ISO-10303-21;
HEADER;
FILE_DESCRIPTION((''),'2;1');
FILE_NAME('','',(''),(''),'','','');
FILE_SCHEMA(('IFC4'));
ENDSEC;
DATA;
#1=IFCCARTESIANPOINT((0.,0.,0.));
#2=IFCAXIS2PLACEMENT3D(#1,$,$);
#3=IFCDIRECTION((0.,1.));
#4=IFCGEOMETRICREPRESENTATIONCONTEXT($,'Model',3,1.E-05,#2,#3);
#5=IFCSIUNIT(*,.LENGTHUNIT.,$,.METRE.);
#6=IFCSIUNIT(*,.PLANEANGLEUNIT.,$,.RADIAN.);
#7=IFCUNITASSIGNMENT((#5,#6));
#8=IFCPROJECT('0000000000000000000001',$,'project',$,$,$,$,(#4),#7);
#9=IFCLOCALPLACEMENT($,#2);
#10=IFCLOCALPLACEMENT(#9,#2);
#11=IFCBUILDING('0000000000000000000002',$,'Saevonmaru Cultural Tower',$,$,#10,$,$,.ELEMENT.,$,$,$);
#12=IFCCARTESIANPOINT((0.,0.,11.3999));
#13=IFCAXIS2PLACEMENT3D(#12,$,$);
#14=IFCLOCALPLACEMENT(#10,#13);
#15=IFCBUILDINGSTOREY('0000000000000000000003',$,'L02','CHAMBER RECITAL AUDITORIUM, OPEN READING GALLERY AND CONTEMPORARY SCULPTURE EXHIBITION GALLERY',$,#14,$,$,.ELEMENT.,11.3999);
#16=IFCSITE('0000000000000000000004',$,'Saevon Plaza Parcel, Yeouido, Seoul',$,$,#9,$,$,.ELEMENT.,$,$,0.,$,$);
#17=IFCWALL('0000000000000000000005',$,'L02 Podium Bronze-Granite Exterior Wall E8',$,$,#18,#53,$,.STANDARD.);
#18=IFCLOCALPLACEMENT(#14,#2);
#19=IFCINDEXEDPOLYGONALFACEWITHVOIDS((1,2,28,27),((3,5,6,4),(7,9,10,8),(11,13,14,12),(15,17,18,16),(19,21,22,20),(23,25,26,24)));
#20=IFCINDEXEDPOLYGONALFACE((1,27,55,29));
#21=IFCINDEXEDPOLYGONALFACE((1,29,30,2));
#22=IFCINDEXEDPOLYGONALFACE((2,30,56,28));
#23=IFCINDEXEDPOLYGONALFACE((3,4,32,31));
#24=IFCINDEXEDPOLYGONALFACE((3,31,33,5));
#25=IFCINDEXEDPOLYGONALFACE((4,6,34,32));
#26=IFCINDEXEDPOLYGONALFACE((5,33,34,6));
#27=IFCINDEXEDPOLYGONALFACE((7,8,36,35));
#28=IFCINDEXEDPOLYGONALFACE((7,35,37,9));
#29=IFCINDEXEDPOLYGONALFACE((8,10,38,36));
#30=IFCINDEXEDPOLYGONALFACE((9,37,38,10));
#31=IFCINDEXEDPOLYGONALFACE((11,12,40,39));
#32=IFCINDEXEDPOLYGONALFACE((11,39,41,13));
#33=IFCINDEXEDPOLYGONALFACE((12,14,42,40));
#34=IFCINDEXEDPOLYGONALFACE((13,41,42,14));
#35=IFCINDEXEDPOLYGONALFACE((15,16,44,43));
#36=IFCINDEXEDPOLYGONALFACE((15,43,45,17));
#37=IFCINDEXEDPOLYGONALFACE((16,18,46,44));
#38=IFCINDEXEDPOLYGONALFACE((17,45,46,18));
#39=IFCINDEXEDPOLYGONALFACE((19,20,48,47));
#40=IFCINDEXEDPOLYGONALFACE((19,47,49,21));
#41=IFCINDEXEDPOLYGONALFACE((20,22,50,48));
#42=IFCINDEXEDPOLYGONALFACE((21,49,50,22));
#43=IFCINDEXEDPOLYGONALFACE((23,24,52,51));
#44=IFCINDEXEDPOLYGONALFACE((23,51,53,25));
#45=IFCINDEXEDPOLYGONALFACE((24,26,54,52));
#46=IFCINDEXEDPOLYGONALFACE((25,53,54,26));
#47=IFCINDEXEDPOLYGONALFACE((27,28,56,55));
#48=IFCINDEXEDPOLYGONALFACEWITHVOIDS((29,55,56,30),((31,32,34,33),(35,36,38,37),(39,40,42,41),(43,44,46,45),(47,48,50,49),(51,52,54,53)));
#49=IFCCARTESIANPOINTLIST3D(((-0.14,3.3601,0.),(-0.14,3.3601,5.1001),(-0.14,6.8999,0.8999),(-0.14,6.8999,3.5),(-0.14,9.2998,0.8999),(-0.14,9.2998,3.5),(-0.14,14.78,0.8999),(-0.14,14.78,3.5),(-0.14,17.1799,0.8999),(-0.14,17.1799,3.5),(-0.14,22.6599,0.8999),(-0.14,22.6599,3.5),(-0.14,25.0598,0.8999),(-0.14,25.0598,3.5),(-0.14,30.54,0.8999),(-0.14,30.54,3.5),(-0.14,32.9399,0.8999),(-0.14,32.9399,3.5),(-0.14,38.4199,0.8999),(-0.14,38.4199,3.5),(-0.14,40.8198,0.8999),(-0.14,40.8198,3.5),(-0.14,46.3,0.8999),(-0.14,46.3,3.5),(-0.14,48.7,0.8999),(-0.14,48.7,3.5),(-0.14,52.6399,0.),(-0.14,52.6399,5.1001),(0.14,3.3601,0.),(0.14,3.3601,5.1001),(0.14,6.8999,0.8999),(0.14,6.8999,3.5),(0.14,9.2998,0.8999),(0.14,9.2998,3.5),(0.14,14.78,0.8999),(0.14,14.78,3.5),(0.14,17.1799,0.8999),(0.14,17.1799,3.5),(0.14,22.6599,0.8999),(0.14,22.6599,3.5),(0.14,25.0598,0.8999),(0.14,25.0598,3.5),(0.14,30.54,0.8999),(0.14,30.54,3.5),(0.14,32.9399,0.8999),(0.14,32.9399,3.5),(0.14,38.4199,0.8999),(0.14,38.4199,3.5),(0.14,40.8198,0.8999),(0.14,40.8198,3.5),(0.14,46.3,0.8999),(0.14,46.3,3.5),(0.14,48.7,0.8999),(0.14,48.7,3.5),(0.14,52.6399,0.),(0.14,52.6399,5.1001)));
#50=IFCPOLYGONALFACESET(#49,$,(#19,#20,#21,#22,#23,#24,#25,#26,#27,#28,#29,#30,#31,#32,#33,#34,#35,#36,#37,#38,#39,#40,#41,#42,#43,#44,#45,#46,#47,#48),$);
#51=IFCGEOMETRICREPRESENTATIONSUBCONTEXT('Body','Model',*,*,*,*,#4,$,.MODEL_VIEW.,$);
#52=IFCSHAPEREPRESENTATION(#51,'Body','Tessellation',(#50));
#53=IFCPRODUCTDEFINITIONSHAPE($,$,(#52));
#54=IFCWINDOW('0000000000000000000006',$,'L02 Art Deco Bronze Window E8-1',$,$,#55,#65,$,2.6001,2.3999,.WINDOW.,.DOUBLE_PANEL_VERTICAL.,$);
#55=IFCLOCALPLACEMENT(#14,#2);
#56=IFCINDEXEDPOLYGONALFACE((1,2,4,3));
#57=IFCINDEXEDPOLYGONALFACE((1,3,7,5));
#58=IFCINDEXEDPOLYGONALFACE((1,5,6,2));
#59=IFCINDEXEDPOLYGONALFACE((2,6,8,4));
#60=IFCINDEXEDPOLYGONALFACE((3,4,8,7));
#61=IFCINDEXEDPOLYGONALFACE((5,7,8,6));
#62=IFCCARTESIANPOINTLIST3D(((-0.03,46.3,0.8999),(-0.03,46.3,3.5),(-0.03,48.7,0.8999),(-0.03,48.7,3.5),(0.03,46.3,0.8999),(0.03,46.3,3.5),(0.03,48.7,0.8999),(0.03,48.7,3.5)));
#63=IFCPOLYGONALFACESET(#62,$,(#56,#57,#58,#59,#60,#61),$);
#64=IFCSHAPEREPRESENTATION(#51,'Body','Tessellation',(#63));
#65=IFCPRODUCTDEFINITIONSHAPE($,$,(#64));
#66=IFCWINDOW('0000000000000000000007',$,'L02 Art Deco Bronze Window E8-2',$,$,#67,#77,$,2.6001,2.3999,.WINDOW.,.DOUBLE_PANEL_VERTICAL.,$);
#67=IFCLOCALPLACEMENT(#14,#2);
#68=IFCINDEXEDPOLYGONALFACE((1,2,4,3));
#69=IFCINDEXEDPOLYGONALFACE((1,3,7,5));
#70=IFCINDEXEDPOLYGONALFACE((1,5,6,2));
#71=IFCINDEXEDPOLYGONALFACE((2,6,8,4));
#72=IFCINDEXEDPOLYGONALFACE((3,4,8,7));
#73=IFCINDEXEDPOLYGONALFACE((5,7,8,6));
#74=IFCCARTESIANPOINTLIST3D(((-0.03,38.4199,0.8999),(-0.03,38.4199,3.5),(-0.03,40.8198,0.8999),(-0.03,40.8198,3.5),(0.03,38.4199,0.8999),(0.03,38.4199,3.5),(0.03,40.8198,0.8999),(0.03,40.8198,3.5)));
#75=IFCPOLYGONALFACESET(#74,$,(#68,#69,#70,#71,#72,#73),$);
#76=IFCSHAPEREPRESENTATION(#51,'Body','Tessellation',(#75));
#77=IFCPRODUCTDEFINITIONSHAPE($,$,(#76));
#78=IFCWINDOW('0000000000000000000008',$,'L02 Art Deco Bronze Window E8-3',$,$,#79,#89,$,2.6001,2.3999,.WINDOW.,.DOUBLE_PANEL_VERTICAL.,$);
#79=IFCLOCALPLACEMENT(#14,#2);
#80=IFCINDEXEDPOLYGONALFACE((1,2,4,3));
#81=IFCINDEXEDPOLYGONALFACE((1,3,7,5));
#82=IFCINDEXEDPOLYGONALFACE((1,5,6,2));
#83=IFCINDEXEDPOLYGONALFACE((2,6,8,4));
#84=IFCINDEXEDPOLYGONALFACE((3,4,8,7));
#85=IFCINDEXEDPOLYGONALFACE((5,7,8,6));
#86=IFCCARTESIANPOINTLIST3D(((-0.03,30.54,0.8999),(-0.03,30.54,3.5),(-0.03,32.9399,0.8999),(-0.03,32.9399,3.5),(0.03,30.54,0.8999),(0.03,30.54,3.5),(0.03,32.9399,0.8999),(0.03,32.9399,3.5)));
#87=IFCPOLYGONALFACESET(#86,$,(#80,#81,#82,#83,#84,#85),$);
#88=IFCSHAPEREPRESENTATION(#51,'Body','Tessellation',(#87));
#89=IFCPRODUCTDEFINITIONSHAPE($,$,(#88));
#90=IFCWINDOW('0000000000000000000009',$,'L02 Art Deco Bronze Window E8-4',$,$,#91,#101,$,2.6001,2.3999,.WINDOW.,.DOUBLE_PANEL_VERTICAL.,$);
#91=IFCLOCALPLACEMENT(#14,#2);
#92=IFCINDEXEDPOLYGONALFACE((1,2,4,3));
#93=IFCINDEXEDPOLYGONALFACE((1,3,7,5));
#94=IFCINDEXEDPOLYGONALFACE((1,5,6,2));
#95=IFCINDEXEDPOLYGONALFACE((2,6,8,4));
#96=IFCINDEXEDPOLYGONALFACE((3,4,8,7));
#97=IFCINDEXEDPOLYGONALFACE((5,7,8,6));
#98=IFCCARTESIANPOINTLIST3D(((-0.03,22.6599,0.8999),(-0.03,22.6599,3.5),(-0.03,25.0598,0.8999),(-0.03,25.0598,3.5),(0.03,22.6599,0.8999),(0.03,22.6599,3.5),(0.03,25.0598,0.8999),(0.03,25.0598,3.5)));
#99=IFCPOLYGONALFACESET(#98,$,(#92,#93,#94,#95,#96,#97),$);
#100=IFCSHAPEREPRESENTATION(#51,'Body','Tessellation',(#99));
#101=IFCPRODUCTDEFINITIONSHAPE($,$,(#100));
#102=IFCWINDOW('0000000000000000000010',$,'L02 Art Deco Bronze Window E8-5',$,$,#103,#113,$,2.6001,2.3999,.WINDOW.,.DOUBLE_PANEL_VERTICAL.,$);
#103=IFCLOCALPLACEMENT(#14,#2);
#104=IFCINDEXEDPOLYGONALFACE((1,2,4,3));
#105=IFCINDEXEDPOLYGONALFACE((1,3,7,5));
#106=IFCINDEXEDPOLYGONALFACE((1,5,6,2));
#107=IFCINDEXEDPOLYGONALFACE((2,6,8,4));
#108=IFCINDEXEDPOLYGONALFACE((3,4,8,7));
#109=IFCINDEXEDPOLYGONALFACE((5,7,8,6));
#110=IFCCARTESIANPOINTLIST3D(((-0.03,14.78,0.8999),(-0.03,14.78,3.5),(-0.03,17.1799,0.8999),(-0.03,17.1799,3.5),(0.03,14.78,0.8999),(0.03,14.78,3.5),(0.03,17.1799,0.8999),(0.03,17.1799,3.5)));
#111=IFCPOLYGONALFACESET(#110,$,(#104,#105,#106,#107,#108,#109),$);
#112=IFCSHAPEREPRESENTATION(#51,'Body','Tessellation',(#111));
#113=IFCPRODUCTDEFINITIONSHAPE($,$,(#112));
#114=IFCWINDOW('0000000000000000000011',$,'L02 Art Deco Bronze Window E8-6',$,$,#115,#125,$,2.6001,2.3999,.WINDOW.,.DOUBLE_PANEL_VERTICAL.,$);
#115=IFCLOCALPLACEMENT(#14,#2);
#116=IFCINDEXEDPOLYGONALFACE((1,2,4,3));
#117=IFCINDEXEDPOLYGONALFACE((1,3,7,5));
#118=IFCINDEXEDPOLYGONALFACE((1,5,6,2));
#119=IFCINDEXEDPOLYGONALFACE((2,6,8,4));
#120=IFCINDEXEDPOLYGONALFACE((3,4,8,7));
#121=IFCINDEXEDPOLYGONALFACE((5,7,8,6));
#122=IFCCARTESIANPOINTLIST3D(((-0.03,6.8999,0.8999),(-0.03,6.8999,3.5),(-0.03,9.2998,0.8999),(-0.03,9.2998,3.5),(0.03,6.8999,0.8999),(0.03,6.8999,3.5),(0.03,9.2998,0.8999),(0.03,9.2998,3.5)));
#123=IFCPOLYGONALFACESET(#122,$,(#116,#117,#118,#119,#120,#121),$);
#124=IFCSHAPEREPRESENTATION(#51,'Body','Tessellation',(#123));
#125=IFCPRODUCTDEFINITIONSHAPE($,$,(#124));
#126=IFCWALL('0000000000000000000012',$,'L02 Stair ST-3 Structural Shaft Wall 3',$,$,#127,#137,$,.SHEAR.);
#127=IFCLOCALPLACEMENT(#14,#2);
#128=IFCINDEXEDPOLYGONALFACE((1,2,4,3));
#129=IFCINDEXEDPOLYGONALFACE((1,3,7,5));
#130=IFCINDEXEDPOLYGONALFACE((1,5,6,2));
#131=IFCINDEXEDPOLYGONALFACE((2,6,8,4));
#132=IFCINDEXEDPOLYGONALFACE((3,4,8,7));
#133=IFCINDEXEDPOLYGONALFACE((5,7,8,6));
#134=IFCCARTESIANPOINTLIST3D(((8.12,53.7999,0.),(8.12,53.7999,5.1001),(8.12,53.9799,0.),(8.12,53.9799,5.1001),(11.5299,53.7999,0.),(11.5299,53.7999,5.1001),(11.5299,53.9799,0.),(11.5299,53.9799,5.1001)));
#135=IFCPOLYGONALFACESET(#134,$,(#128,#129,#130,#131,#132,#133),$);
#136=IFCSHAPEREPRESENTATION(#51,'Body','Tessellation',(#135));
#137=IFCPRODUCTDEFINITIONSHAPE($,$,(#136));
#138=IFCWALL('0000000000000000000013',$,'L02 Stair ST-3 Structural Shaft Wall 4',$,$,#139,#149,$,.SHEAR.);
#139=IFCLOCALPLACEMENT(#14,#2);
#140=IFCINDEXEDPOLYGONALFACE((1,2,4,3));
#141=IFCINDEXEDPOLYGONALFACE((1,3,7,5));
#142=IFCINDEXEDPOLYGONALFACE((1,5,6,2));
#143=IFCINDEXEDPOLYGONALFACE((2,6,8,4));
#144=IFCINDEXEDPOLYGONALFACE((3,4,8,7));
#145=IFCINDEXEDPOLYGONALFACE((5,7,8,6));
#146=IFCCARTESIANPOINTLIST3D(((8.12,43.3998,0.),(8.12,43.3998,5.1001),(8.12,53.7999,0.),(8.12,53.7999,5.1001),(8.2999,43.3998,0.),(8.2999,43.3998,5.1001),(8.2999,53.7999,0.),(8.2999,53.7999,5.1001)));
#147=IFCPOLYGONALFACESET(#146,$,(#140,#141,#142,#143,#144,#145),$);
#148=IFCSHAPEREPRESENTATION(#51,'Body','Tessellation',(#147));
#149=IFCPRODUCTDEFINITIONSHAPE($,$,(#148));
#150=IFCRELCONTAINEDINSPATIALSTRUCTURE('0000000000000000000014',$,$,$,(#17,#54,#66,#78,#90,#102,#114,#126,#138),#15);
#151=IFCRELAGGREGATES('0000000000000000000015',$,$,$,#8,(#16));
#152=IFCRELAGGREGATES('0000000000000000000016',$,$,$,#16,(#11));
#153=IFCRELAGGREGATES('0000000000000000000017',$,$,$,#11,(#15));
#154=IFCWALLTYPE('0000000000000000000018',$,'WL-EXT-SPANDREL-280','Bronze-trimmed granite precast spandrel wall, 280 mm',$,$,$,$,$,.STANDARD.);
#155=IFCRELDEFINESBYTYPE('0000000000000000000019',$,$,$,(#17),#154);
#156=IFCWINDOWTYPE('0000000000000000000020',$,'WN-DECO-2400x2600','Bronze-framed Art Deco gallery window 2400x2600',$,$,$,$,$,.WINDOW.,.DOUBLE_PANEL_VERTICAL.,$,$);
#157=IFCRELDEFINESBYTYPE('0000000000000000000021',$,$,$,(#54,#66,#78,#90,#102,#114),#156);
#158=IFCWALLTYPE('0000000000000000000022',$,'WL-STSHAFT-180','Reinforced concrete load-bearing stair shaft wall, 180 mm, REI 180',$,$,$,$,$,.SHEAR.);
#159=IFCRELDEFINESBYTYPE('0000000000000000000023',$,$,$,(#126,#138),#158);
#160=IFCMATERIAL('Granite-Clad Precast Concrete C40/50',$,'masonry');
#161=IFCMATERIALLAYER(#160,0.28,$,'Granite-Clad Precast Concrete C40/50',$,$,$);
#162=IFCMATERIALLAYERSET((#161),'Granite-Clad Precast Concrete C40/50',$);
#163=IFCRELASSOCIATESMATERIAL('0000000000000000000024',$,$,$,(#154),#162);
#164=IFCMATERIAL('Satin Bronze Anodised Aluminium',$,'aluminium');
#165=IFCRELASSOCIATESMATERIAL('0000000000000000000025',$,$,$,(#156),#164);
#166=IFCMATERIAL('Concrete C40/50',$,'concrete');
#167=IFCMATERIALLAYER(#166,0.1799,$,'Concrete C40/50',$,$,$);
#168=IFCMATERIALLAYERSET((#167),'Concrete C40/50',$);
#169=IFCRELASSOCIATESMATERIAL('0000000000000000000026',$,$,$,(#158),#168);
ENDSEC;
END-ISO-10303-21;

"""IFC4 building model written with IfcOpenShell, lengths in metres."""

from ifc_helpers import new_model, si_unit, direction, frame, frame_2d, origin, place, context, subcontext, project, spatial, rectangle, extrude, material, layer, layer_set, type_object, element, fill, save


model = new_model("IFC4")

# Units and contexts
model_context = context("Model", 3, precision=1e-05, world=origin(), true_north=direction((0.0, 1.0)))
body_context = subcontext(model_context, "Body", "Model", "MODEL_VIEW")
ifc_project = project(units=[si_unit("LENGTHUNIT", "METRE"), si_unit("PLANEANGLEUNIT", "RADIAN")], contexts=[model_context])

# Site, building, storey
site_placement = place(None, origin())
site = spatial("IfcSite", under=ifc_project, at=site_placement, Name="Saevon Plaza Parcel, Yeouido, Seoul", CompositionType="ELEMENT", RefElevation=0.0)
building_placement = place(site_placement, origin())
building = spatial("IfcBuilding", under=site, at=building_placement, Name="Saevonmaru Cultural Tower", CompositionType="ELEMENT")
storey_placement = place(building_placement, frame((0.0, 0.0, 11.3999)))
storey = spatial("IfcBuildingStorey", under=building, at=storey_placement, Name="L02", Description="CHAMBER RECITAL AUDITORIUM, OPEN READING GALLERY AND CONTEMPORARY SCULPTURE EXHIBITION GALLERY", CompositionType="ELEMENT", Elevation=11.3999)

# Shared definitions
ifc_material_1 = material(Name="Granite-Clad Precast Concrete C40/50", Category="masonry")
ifc_material_2 = material(Name="Satin Bronze Anodised Aluminium", Category="aluminium")

# Wall, openings, windows
ifc_layer_1 = layer(ifc_material_1, 0.28, Name="Granite-Clad Precast Concrete C40/50")
ifc_layer_set_1 = layer_set([ifc_layer_1], Name="Granite-Clad Precast Concrete C40/50")
wall_type_1 = type_object("IfcWallType", Name="WL-EXT-SPANDREL-280", Description="Bronze-trimmed granite precast spandrel wall, 280 mm", PredefinedType="STANDARD", material=ifc_layer_set_1)
wall_1_placement = place(storey_placement, frame((0.0, 52.6399, 0.0), z_axis=(0.0, 0.0, 1.0), x_axis=(0.0, -1.0, 0.0)))
wall_1 = element("IfcWall", 1, at=wall_1_placement, inside=storey, type_object=wall_type_1, Name="L02 Podium Bronze-Granite Exterior Wall E8", PredefinedType="STANDARD", context=body_context, shape_type="SweptSolid", body=[
    extrude(rectangle(XDim=49.2798, YDim=0.28, at=frame_2d((24.6399, 0.0))), origin(), (0.0, 0.0, 1.0), 5.1001),
])
opening_1_placement = place(wall_1_placement, frame((3.9399, 0.0, 0.8999)))
opening_1 = element("IfcOpeningElement", 2, at=opening_1_placement, cuts=wall_1, PredefinedType="OPENING", context=body_context, shape_type="SweptSolid", body=[
    extrude(rectangle(XDim=2.3999, YDim=2.6001, at=frame_2d((1.2, 1.3))), frame((0.0, 0.1499, 0.0), z_axis=(0.0, -1.0, 0.0), x_axis=(1.0, 0.0, 0.0)), (0.0, 0.0, 1.0), 0.3),
])
opening_2_placement = place(wall_1_placement, frame((11.8201, 0.0, 0.8999)))
opening_2 = element("IfcOpeningElement", 3, at=opening_2_placement, cuts=wall_1, PredefinedType="OPENING", context=body_context, shape_type="SweptSolid", body=[
    extrude(rectangle(XDim=2.3999, YDim=2.6001, at=frame_2d((1.2, 1.3))), frame((0.0, 0.1499, 0.0), z_axis=(0.0, -1.0, 0.0), x_axis=(1.0, 0.0, 0.0)), (0.0, 0.0, 1.0), 0.3),
])
opening_3_placement = place(wall_1_placement, frame((19.7, 0.0, 0.8999)))
opening_3 = element("IfcOpeningElement", 4, at=opening_3_placement, cuts=wall_1, PredefinedType="OPENING", context=body_context, shape_type="SweptSolid", body=[
    extrude(rectangle(XDim=2.3999, YDim=2.6001, at=frame_2d((1.2, 1.3))), frame((0.0, 0.1499, 0.0), z_axis=(0.0, -1.0, 0.0), x_axis=(1.0, 0.0, 0.0)), (0.0, 0.0, 1.0), 0.3),
])
opening_4_placement = place(wall_1_placement, frame((27.5801, 0.0, 0.8999)))
opening_4 = element("IfcOpeningElement", 5, at=opening_4_placement, cuts=wall_1, PredefinedType="OPENING", context=body_context, shape_type="SweptSolid", body=[
    extrude(rectangle(XDim=2.3999, YDim=2.6001, at=frame_2d((1.2, 1.3))), frame((0.0, 0.1499, 0.0), z_axis=(0.0, -1.0, 0.0), x_axis=(1.0, 0.0, 0.0)), (0.0, 0.0, 1.0), 0.3),
])
opening_5_placement = place(wall_1_placement, frame((35.46, 0.0, 0.8999)))
opening_5 = element("IfcOpeningElement", 6, at=opening_5_placement, cuts=wall_1, PredefinedType="OPENING", context=body_context, shape_type="SweptSolid", body=[
    extrude(rectangle(XDim=2.3999, YDim=2.6001, at=frame_2d((1.2, 1.3))), frame((0.0, 0.1499, 0.0), z_axis=(0.0, -1.0, 0.0), x_axis=(1.0, 0.0, 0.0)), (0.0, 0.0, 1.0), 0.3),
])
opening_6_placement = place(wall_1_placement, frame((43.3401, 0.0, 0.8999)))
opening_6 = element("IfcOpeningElement", 7, at=opening_6_placement, cuts=wall_1, PredefinedType="OPENING", context=body_context, shape_type="SweptSolid", body=[
    extrude(rectangle(XDim=2.3999, YDim=2.6001, at=frame_2d((1.2, 1.3))), frame((0.0, 0.1499, 0.0), z_axis=(0.0, -1.0, 0.0), x_axis=(1.0, 0.0, 0.0)), (0.0, 0.0, 1.0), 0.3),
])
window_type_1 = type_object("IfcWindowType", Name="WN-DECO-2400x2600", Description="Bronze-framed Art Deco gallery window 2400x2600", PartitioningType="DOUBLE_PANEL_VERTICAL", PredefinedType="WINDOW", material=ifc_material_2)
window_1_placement = place(opening_1_placement, origin())
window_1 = element("IfcWindow", 8, at=window_1_placement, inside=storey, type_object=window_type_1, Name="L02 Art Deco Bronze Window E8-1", OverallHeight=2.6001, OverallWidth=2.3999, PartitioningType="DOUBLE_PANEL_VERTICAL", PredefinedType="WINDOW", context=body_context, shape_type="SweptSolid", body=[
    extrude(rectangle(XDim=2.3999, YDim=2.6001, at=frame_2d((1.2, 1.3))), frame((0.0, 0.03, 0.0), z_axis=(0.0, -1.0, 0.0), x_axis=(1.0, 0.0, 0.0)), (0.0, 0.0, 1.0), 0.0601),
])
fill(opening_1, window_1)
window_2_placement = place(opening_2_placement, origin())
window_2 = element("IfcWindow", 9, at=window_2_placement, inside=storey, type_object=window_type_1, Name="L02 Art Deco Bronze Window E8-2", OverallHeight=2.6001, OverallWidth=2.3999, PartitioningType="DOUBLE_PANEL_VERTICAL", PredefinedType="WINDOW", context=body_context, shape_type="SweptSolid", body=[
    extrude(rectangle(XDim=2.3999, YDim=2.6001, at=frame_2d((1.2, 1.3))), frame((0.0, 0.03, 0.0), z_axis=(0.0, -1.0, 0.0), x_axis=(1.0, 0.0, 0.0)), (0.0, 0.0, 1.0), 0.0601),
])
fill(opening_2, window_2)
window_3_placement = place(opening_3_placement, origin())
window_3 = element("IfcWindow", 10, at=window_3_placement, inside=storey, type_object=window_type_1, Name="L02 Art Deco Bronze Window E8-3", OverallHeight=2.6001, OverallWidth=2.3999, PartitioningType="DOUBLE_PANEL_VERTICAL", PredefinedType="WINDOW", context=body_context, shape_type="SweptSolid", body=[
    extrude(rectangle(XDim=2.3999, YDim=2.6001, at=frame_2d((1.2, 1.3))), frame((0.0, 0.03, 0.0), z_axis=(0.0, -1.0, 0.0), x_axis=(1.0, 0.0, 0.0)), (0.0, 0.0, 1.0), 0.0601),
])
fill(opening_3, window_3)
window_4_placement = place(opening_4_placement, origin())
window_4 = element("IfcWindow", 11, at=window_4_placement, inside=storey, type_object=window_type_1, Name="L02 Art Deco Bronze Window E8-4", OverallHeight=2.6001, OverallWidth=2.3999, PartitioningType="DOUBLE_PANEL_VERTICAL", PredefinedType="WINDOW", context=body_context, shape_type="SweptSolid", body=[
    extrude(rectangle(XDim=2.3999, YDim=2.6001, at=frame_2d((1.2, 1.3))), frame((0.0, 0.03, 0.0), z_axis=(0.0, -1.0, 0.0), x_axis=(1.0, 0.0, 0.0)), (0.0, 0.0, 1.0), 0.0601),
])
fill(opening_4, window_4)
window_5_placement = place(opening_5_placement, origin())
window_5 = element("IfcWindow", 12, at=window_5_placement, inside=storey, type_object=window_type_1, Name="L02 Art Deco Bronze Window E8-5", OverallHeight=2.6001, OverallWidth=2.3999, PartitioningType="DOUBLE_PANEL_VERTICAL", PredefinedType="WINDOW", context=body_context, shape_type="SweptSolid", body=[
    extrude(rectangle(XDim=2.3999, YDim=2.6001, at=frame_2d((1.2, 1.3))), frame((0.0, 0.03, 0.0), z_axis=(0.0, -1.0, 0.0), x_axis=(1.0, 0.0, 0.0)), (0.0, 0.0, 1.0), 0.0601),
])
fill(opening_5, window_5)
window_6_placement = place(opening_6_placement, origin())
window_6 = element("IfcWindow", 13, at=window_6_placement, inside=storey, type_object=window_type_1, Name="L02 Art Deco Bronze Window E8-6", OverallHeight=2.6001, OverallWidth=2.3999, PartitioningType="DOUBLE_PANEL_VERTICAL", PredefinedType="WINDOW", context=body_context, shape_type="SweptSolid", body=[
    extrude(rectangle(XDim=2.3999, YDim=2.6001, at=frame_2d((1.2, 1.3))), frame((0.0, 0.03, 0.0), z_axis=(0.0, -1.0, 0.0), x_axis=(1.0, 0.0, 0.0)), (0.0, 0.0, 1.0), 0.0601),
])
fill(opening_6, window_6)

# Walls
ifc_material_3 = material(Name="Concrete C40/50", Category="concrete")
ifc_layer_2 = layer(ifc_material_3, 0.1799, Name="Concrete C40/50")
ifc_layer_set_2 = layer_set([ifc_layer_2], Name="Concrete C40/50")
wall_type_2 = type_object("IfcWallType", Name="WL-STSHAFT-180", Description="Reinforced concrete load-bearing stair shaft wall, 180 mm, REI 180", PredefinedType="SHEAR", material=ifc_layer_set_2)
wall_2_placement = place(storey_placement, frame((11.53, 53.8899, 0.0), z_axis=(0.0, 0.0, 1.0), x_axis=(-1.0, 0.0, 0.0)))
element("IfcWall", 14, at=wall_2_placement, inside=storey, type_object=wall_type_2, Name="L02 Stair ST-3 Structural Shaft Wall 3", PredefinedType="SHEAR", context=body_context, shape_type="SweptSolid", body=[
    extrude(rectangle(XDim=3.4099, YDim=0.1799, at=frame_2d((1.7051, 0.0))), origin(), (0.0, 0.0, 1.0), 5.1001),
])
wall_3_placement = place(storey_placement, frame((8.21, 53.8, 0.0), z_axis=(0.0, 0.0, 1.0), x_axis=(0.0, -1.0, 0.0)))
element("IfcWall", 15, at=wall_3_placement, inside=storey, type_object=wall_type_2, Name="L02 Stair ST-3 Structural Shaft Wall 4", PredefinedType="SHEAR", context=body_context, shape_type="SweptSolid", body=[
    extrude(rectangle(XDim=10.4001, YDim=0.1799, at=frame_2d((5.2002, 0.0))), origin(), (0.0, 0.0, 1.0), 5.1001),
])

save(model, "model.ifc")
